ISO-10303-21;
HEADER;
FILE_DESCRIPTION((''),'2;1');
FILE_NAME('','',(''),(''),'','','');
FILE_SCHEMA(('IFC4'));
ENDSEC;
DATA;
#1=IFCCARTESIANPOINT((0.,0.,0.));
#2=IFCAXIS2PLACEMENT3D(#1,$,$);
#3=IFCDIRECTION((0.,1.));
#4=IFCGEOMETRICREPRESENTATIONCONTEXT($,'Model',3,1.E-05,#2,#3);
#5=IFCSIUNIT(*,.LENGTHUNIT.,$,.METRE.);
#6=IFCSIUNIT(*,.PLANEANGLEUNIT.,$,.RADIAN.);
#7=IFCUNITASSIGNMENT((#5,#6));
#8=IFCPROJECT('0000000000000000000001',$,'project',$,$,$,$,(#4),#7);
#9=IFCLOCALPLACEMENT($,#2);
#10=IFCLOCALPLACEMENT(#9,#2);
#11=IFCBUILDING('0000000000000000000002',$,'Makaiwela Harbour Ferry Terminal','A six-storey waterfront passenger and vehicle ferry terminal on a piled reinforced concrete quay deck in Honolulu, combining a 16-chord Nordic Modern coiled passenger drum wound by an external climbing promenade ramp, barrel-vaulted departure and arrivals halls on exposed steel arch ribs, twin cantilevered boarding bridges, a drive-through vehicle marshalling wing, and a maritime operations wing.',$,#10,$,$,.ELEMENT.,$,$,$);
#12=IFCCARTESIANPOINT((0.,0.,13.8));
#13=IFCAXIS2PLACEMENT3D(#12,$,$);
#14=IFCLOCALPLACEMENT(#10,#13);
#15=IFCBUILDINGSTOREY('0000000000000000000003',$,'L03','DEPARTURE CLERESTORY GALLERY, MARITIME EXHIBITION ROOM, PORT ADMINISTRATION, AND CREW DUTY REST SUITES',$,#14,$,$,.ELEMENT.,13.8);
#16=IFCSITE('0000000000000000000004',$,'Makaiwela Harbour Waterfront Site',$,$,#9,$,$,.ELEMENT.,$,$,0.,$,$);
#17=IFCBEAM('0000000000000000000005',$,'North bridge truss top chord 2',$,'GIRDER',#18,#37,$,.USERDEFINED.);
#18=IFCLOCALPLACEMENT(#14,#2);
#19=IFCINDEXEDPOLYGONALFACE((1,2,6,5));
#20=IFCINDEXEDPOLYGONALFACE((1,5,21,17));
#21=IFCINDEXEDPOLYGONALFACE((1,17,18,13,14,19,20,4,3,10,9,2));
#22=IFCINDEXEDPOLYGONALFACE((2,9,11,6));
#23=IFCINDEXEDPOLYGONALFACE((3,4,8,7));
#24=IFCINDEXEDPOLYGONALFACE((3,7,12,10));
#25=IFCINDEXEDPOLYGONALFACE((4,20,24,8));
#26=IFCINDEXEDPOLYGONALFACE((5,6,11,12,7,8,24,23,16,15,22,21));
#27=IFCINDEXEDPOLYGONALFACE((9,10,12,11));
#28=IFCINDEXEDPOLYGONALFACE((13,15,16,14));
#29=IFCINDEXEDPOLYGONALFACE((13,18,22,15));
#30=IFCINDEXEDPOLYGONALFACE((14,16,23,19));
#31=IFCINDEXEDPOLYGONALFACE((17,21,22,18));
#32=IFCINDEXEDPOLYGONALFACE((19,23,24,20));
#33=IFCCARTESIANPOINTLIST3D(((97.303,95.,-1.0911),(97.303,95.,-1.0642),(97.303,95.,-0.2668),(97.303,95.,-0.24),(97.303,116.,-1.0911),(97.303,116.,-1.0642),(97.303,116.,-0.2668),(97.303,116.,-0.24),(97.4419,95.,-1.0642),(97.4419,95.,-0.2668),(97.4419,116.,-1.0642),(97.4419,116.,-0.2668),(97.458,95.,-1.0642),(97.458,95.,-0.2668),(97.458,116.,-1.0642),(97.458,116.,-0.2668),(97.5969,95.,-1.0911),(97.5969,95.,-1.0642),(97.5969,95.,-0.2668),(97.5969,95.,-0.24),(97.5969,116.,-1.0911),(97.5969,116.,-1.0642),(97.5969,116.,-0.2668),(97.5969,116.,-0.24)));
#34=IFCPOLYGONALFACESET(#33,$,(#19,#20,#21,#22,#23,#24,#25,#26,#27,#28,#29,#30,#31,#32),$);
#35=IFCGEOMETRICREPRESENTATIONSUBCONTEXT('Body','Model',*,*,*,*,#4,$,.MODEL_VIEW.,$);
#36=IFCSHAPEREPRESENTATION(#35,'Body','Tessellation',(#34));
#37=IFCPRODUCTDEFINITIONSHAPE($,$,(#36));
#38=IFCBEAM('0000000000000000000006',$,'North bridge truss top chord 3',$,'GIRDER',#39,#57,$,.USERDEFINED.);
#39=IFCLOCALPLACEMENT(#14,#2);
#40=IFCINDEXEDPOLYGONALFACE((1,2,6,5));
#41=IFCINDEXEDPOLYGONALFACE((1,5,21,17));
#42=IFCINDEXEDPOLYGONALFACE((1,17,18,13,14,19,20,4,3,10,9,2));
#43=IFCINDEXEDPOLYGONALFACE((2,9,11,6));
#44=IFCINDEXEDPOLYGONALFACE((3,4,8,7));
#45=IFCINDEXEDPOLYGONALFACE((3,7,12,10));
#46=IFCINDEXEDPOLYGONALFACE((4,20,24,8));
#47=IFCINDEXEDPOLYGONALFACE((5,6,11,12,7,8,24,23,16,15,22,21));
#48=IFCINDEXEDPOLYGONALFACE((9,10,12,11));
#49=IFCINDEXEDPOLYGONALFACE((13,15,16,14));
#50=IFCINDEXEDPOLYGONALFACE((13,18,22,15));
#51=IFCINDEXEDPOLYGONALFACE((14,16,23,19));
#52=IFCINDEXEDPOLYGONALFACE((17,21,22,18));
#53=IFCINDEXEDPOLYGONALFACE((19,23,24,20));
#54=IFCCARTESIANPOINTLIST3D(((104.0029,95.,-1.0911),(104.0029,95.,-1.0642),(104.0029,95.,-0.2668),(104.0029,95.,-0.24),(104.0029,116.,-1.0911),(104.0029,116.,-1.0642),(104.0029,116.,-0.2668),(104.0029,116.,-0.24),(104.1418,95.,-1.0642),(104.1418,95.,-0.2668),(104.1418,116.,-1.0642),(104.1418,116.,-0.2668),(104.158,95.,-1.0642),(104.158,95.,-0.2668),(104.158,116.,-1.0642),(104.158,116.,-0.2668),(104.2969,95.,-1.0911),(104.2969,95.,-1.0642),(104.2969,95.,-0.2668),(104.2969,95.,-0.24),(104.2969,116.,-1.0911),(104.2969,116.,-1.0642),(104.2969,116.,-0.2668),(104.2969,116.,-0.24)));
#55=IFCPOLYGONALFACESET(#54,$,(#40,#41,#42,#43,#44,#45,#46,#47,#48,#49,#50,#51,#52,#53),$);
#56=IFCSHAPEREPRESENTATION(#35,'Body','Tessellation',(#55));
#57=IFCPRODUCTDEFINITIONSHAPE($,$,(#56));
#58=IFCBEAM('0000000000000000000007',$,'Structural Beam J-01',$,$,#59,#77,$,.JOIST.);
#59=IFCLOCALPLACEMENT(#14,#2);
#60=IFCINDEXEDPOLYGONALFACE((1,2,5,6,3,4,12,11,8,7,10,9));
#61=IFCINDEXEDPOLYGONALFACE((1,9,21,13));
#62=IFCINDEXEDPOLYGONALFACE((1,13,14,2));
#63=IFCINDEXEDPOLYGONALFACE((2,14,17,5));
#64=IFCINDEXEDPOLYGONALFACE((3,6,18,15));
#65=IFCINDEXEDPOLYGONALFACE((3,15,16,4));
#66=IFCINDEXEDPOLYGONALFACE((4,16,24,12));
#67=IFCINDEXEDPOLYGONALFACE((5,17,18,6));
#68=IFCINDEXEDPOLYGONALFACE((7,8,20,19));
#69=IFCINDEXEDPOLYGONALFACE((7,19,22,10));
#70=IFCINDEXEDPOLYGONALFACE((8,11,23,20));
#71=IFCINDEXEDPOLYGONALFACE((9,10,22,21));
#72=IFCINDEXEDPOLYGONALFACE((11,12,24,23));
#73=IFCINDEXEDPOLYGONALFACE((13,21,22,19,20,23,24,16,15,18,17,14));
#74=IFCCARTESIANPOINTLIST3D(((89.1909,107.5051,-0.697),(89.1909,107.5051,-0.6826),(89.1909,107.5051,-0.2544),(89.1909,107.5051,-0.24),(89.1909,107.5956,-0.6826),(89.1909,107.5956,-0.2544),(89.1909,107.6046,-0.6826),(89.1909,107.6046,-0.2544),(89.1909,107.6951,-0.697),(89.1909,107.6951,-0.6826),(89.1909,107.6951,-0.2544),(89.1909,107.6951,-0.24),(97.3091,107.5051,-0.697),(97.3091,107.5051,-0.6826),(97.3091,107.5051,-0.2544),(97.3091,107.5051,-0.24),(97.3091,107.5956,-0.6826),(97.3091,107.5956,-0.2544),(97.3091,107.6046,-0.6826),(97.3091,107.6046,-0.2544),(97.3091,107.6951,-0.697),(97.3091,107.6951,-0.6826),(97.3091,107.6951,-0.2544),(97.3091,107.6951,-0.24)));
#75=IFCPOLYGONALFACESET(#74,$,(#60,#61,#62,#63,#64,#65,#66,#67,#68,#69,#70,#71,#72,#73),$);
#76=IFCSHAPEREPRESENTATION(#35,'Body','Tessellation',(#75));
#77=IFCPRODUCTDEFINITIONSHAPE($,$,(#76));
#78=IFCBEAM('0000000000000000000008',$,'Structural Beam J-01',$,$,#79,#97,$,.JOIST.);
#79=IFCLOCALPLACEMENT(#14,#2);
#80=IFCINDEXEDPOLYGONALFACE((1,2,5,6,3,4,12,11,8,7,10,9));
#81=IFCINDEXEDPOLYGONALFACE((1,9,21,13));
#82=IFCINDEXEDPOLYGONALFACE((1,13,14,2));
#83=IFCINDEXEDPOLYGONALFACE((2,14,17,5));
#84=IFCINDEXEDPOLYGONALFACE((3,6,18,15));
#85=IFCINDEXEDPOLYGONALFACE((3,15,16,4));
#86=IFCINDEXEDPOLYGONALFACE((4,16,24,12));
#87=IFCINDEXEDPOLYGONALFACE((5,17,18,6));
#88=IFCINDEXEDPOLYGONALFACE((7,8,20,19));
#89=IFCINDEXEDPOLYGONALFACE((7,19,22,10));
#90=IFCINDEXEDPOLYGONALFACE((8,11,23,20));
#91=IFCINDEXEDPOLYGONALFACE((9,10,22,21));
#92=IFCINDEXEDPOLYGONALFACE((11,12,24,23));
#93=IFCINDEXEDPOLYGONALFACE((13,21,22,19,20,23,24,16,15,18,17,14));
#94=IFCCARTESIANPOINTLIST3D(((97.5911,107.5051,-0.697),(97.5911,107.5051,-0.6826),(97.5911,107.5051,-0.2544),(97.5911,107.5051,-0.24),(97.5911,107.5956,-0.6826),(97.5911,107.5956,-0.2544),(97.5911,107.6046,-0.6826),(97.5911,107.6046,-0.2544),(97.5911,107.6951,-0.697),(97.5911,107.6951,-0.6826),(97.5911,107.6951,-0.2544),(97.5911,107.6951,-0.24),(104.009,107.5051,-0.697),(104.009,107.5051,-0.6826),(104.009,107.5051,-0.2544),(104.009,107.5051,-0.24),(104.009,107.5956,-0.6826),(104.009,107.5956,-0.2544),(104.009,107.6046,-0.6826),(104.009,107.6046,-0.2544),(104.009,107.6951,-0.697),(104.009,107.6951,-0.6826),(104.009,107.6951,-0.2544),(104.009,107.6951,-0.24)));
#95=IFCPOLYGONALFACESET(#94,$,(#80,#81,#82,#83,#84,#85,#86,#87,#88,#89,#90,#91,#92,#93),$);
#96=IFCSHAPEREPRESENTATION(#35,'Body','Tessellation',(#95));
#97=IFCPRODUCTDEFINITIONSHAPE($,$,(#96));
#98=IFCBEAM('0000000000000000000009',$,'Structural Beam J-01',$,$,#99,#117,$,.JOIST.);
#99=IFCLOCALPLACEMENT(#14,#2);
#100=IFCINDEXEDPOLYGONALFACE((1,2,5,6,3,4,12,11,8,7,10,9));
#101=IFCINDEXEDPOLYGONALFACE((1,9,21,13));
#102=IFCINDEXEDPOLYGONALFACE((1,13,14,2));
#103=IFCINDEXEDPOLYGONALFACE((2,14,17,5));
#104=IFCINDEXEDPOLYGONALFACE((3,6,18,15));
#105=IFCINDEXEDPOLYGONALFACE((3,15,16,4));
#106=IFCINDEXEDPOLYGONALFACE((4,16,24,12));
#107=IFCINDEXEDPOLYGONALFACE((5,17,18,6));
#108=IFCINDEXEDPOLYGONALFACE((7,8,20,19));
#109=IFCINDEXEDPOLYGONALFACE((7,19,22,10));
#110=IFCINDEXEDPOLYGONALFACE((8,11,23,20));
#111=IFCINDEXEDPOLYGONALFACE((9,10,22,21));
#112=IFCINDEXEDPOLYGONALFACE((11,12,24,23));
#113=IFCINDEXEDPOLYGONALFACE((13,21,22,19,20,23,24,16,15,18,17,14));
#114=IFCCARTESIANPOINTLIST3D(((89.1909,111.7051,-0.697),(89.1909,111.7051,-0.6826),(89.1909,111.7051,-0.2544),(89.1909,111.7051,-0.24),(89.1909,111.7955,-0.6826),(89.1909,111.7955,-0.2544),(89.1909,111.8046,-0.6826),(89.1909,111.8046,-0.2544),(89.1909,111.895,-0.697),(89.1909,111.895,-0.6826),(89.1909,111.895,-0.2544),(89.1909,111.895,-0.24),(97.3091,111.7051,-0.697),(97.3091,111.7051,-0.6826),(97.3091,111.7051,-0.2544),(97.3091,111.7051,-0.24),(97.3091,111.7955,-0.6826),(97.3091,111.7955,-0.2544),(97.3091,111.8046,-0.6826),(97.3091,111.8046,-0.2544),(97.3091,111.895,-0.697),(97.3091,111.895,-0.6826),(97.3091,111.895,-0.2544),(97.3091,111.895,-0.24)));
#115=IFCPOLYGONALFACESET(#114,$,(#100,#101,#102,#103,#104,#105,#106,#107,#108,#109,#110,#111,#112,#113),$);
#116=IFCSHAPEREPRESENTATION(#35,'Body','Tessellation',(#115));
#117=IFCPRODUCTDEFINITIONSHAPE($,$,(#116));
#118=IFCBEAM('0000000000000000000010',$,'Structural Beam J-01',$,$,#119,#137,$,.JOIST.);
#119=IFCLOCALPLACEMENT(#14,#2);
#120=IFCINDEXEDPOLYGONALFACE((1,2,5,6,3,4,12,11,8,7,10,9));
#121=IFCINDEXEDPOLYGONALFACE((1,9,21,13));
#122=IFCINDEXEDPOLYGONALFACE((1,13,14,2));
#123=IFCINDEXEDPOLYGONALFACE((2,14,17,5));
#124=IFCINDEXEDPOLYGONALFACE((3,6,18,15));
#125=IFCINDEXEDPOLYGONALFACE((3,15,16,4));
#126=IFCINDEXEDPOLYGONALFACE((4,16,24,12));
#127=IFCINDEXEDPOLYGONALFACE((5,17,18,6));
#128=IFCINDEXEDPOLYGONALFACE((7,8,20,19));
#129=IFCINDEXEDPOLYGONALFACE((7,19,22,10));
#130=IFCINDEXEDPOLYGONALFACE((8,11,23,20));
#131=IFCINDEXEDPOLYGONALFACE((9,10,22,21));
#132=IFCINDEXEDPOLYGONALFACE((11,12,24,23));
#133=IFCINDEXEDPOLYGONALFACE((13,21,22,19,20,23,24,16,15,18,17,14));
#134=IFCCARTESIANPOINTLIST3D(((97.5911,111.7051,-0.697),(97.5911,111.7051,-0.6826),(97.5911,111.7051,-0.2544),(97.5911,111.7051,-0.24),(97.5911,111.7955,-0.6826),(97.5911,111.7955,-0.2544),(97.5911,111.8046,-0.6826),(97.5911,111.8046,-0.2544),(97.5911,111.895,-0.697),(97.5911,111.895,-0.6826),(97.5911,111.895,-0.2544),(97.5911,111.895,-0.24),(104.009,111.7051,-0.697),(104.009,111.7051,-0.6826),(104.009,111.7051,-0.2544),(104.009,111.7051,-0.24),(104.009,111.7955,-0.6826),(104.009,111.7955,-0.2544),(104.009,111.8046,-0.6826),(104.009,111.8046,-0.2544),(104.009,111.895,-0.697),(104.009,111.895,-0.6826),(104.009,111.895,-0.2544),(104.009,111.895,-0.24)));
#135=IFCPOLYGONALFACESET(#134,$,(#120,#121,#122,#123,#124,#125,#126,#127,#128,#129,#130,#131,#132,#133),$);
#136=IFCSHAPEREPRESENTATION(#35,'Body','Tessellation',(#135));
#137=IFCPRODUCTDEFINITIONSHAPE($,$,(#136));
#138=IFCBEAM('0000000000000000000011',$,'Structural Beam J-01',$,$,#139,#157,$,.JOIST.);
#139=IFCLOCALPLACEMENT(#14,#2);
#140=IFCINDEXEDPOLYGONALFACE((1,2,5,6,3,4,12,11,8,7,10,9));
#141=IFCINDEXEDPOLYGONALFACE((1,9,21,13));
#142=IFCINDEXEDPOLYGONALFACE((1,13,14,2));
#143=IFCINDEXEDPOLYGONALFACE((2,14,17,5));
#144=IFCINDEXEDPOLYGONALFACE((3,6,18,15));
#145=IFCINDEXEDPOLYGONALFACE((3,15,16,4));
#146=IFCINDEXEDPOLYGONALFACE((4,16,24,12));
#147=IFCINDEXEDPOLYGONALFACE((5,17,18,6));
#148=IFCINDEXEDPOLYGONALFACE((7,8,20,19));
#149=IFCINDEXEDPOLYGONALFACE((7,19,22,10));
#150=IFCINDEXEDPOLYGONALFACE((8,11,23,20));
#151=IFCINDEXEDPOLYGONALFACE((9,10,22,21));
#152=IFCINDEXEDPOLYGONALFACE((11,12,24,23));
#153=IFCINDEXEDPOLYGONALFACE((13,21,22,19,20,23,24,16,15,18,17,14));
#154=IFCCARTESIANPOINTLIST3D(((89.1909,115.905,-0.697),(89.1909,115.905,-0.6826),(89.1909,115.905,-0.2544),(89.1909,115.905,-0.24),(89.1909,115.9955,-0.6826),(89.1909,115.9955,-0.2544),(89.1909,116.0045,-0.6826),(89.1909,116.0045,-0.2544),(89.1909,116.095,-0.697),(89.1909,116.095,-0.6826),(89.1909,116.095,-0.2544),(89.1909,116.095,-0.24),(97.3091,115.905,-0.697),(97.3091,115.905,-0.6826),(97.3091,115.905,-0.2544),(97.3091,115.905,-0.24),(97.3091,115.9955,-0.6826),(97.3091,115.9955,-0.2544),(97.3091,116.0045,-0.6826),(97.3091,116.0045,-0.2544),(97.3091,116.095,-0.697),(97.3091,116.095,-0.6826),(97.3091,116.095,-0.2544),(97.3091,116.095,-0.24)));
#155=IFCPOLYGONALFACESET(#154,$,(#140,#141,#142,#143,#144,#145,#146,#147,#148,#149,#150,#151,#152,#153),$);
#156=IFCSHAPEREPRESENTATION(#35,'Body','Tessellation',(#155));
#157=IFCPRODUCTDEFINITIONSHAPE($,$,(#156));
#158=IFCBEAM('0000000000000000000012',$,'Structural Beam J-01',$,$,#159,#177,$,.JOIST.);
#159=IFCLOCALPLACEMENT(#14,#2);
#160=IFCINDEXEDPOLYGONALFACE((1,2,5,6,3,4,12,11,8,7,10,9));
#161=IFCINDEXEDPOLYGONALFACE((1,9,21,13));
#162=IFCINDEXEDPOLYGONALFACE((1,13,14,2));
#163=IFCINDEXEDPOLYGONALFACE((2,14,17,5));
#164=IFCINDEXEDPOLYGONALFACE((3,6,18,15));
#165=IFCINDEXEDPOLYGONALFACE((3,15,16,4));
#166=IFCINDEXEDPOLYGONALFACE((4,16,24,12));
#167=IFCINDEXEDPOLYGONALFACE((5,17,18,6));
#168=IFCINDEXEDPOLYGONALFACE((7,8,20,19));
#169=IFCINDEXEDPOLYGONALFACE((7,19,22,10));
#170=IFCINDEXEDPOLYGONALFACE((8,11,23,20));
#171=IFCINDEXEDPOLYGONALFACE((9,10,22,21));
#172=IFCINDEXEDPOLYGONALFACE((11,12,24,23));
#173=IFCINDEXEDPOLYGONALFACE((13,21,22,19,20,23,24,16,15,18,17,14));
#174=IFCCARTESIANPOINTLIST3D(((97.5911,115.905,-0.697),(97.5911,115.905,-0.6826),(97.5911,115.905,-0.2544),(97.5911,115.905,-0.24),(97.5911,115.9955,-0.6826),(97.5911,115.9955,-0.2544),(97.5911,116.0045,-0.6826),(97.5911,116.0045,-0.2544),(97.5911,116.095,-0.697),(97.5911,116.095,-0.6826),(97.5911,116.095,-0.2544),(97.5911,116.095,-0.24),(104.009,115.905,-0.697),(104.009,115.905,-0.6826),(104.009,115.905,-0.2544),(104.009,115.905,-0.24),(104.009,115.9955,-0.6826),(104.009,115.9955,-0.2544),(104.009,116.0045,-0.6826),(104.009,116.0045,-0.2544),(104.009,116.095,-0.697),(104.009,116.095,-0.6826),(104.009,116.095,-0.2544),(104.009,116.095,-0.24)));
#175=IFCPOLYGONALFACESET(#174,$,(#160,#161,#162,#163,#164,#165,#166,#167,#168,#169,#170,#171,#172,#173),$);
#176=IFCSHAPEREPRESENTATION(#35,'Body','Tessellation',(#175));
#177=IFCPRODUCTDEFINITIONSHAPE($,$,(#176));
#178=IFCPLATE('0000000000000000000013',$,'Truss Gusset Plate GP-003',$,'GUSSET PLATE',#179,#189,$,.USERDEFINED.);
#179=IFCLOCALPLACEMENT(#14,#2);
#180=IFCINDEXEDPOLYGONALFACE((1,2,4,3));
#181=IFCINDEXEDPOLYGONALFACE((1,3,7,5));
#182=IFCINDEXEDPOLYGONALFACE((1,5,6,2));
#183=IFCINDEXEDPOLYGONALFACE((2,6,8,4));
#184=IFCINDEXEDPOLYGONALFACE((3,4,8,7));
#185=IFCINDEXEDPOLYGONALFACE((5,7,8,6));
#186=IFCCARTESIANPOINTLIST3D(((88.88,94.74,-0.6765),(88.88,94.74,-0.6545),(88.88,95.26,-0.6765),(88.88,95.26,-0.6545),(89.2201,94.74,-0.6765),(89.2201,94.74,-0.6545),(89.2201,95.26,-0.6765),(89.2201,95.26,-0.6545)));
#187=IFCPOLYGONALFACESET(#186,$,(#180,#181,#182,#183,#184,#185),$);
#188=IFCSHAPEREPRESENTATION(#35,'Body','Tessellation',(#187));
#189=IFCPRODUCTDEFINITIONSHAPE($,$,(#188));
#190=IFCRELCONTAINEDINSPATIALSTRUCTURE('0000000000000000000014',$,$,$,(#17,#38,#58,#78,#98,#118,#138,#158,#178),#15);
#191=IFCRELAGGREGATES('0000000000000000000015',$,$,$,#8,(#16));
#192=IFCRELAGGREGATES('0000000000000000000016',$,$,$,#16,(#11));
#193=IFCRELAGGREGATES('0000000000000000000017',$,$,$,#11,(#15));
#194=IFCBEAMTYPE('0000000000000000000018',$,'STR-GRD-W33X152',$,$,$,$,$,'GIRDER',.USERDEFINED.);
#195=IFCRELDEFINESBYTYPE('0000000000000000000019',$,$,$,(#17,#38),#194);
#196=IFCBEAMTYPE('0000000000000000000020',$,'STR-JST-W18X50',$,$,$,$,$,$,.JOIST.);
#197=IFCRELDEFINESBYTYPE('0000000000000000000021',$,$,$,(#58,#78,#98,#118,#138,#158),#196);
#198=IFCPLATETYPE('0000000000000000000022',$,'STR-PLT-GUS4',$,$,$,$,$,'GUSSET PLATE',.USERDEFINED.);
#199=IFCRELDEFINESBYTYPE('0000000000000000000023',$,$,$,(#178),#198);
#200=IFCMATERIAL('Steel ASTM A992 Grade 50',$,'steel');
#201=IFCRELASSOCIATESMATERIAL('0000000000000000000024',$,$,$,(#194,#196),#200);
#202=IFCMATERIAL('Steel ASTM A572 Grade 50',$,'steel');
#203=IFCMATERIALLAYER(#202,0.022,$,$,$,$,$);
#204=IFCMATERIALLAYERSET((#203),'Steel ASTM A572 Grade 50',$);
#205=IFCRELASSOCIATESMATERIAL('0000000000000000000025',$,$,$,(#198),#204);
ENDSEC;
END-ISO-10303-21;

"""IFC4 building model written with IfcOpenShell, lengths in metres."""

from ifc_helpers import new_model, si_unit, direction, frame, origin, origin_2d, place, context, subcontext, project, spatial, rectangle, i_section, extrude, material, layer, layer_set, material_profile, profile_set, type_object, element, save


model = new_model("IFC4")

# Units and contexts
model_context = context("Model", 3, precision=1e-05, world=origin(), true_north=direction((0.0, 1.0)))
body_context = subcontext(model_context, "Body", "Model", "MODEL_VIEW")
ifc_project = project(units=[si_unit("LENGTHUNIT", "METRE"), si_unit("PLANEANGLEUNIT", "RADIAN")], contexts=[model_context])

# Site, building, storey
site_placement = place(None, origin())
site = spatial("IfcSite", under=ifc_project, at=site_placement, Name="Makaiwela Harbour Waterfront Site", CompositionType="ELEMENT", RefElevation=0.0)
building_placement = place(site_placement, origin())
building = spatial("IfcBuilding", under=site, at=building_placement, Name="Makaiwela Harbour Ferry Terminal", Description="A six-storey waterfront passenger and vehicle ferry terminal on a piled reinforced concrete quay deck in Honolulu, combining a 16-chord Nordic Modern coiled passenger drum wound by an external climbing promenade ramp, barrel-vaulted departure and arrivals halls on exposed steel arch ribs, twin cantilevered boarding bridges, a drive-through vehicle marshalling wing, and a maritime operations wing.", CompositionType="ELEMENT")
storey_placement = place(building_placement, frame((0.0, 0.0, 13.8)))
storey = spatial("IfcBuildingStorey", under=building, at=storey_placement, Name="L03", Description="DEPARTURE CLERESTORY GALLERY, MARITIME EXHIBITION ROOM, PORT ADMINISTRATION, AND CREW DUTY REST SUITES", CompositionType="ELEMENT", Elevation=13.8)

# Beams
ifc_material_1 = material(Name="Steel ASTM A992 Grade 50", Category="steel")
ifc_material_profile_1 = material_profile(ifc_material_1, i_section(OverallWidth=0.2939, OverallDepth=0.8511, WebThickness=0.0161, FlangeThickness=0.0269, at=origin_2d()), Name="W33X152")
ifc_profile_set_1 = profile_set([ifc_material_profile_1], Name="Steel ASTM A992 Grade 50")
beam_type_1 = type_object("IfcBeamType", Name="STR-GRD-W33X152", ElementType="GIRDER", PredefinedType="USERDEFINED", material=ifc_profile_set_1)
for number, where, z_axis, x_axis, name in (
    (1, (97.45, 95.0, -0.6655), (0.0, 1.0, 0.0), (-1.0, 0.0, 0.0), "North bridge truss top chord 2"),
    (2, (104.1499, 95.0, -0.6655), (0.0, 1.0, 0.0), (-1.0, 0.0, 0.0), "North bridge truss top chord 3"),
):
    element("IfcBeam", number, at=place(storey_placement, frame(where, z_axis=z_axis, x_axis=x_axis)), inside=storey, type_object=beam_type_1, Name=name, ObjectType="GIRDER", PredefinedType="USERDEFINED", context=body_context, shape_type="SweptSolid", body=[
        extrude(i_section(OverallWidth=0.2939, OverallDepth=0.8511, WebThickness=0.0161, FlangeThickness=0.0269, at=origin_2d()), origin(), (0.0, 0.0, 1.0), 21.0),
    ])
ifc_material_profile_2 = material_profile(ifc_material_1, i_section(OverallWidth=0.1899, OverallDepth=0.457, WebThickness=0.009, FlangeThickness=0.0144, at=origin_2d()), Name="W18X50")
ifc_profile_set_2 = profile_set([ifc_material_profile_2], Name="Steel ASTM A992 Grade 50")
beam_type_2 = type_object("IfcBeamType", Name="STR-JST-W18X50", PredefinedType="JOIST", material=ifc_profile_set_2)
beam_1_placement = place(storey_placement, frame((89.1909, 107.6001, -0.4685), z_axis=(1.0, 0.0, 0.0), x_axis=(0.0, 1.0, 0.0)))
element("IfcBeam", 3, at=beam_1_placement, inside=storey, type_object=beam_type_2, Name="Structural Beam J-01", PredefinedType="JOIST", context=body_context, shape_type="SweptSolid", body=[
    extrude(i_section(OverallWidth=0.1899, OverallDepth=0.457, WebThickness=0.009, FlangeThickness=0.0144, at=origin_2d()), origin(), (0.0, 0.0, 1.0), 8.1182),
])
beam_2_placement = place(storey_placement, frame((97.5911, 107.6001, -0.4685), z_axis=(1.0, 0.0, 0.0), x_axis=(0.0, 1.0, 0.0)))
element("IfcBeam", 4, at=beam_2_placement, inside=storey, type_object=beam_type_2, Name="Structural Beam J-01", PredefinedType="JOIST", context=body_context, shape_type="SweptSolid", body=[
    extrude(i_section(OverallWidth=0.1899, OverallDepth=0.457, WebThickness=0.009, FlangeThickness=0.0144, at=origin_2d()), origin(), (0.0, 0.0, 1.0), 6.418),
])
beam_3_placement = place(storey_placement, frame((89.1909, 111.8, -0.4685), z_axis=(1.0, 0.0, 0.0), x_axis=(0.0, 1.0, 0.0)))
element("IfcBeam", 5, at=beam_3_placement, inside=storey, type_object=beam_type_2, Name="Structural Beam J-01", PredefinedType="JOIST", context=body_context, shape_type="SweptSolid", body=[
    extrude(i_section(OverallWidth=0.1899, OverallDepth=0.457, WebThickness=0.009, FlangeThickness=0.0144, at=origin_2d()), origin(), (0.0, 0.0, 1.0), 8.1182),
])
beam_4_placement = place(storey_placement, frame((97.5911, 111.8, -0.4685), z_axis=(1.0, 0.0, 0.0), x_axis=(0.0, 1.0, 0.0)))
element("IfcBeam", 6, at=beam_4_placement, inside=storey, type_object=beam_type_2, Name="Structural Beam J-01", PredefinedType="JOIST", context=body_context, shape_type="SweptSolid", body=[
    extrude(i_section(OverallWidth=0.1899, OverallDepth=0.457, WebThickness=0.009, FlangeThickness=0.0144, at=origin_2d()), origin(), (0.0, 0.0, 1.0), 6.418),
])
beam_5_placement = place(storey_placement, frame((89.1909, 116.0, -0.4685), z_axis=(1.0, 0.0, 0.0), x_axis=(0.0, 1.0, 0.0)))
element("IfcBeam", 7, at=beam_5_placement, inside=storey, type_object=beam_type_2, Name="Structural Beam J-01", PredefinedType="JOIST", context=body_context, shape_type="SweptSolid", body=[
    extrude(i_section(OverallWidth=0.1899, OverallDepth=0.457, WebThickness=0.009, FlangeThickness=0.0144, at=origin_2d()), origin(), (0.0, 0.0, 1.0), 8.1182),
])
beam_6_placement = place(storey_placement, frame((97.5911, 116.0, -0.4685), z_axis=(1.0, 0.0, 0.0), x_axis=(0.0, 1.0, 0.0)))
element("IfcBeam", 8, at=beam_6_placement, inside=storey, type_object=beam_type_2, Name="Structural Beam J-01", PredefinedType="JOIST", context=body_context, shape_type="SweptSolid", body=[
    extrude(i_section(OverallWidth=0.1899, OverallDepth=0.457, WebThickness=0.009, FlangeThickness=0.0144, at=origin_2d()), origin(), (0.0, 0.0, 1.0), 6.418),
])

# Plate
ifc_material_2 = material(Name="Steel ASTM A572 Grade 50", Category="steel")
ifc_layer_1 = layer(ifc_material_2, 0.022)
ifc_layer_set_1 = layer_set([ifc_layer_1], Name="Steel ASTM A572 Grade 50")
plate_type = type_object("IfcPlateType", Name="STR-PLT-GUS4", ElementType="GUSSET PLATE", PredefinedType="USERDEFINED", material=ifc_layer_set_1)
for number, where, z_axis, x_axis, name in (
    (9, (89.05, 95.0, -0.6765), (0.0, 0.0, 1.0), (0.0, 1.0, 0.0), "Truss Gusset Plate GP-003"),
):
    element("IfcPlate", number, at=place(storey_placement, frame(where, z_axis=z_axis, x_axis=x_axis)), inside=storey, type_object=plate_type, Name=name, ObjectType="GUSSET PLATE", PredefinedType="USERDEFINED", context=body_context, shape_type="SweptSolid", body=[
        extrude(rectangle(XDim=0.52, YDim=0.3401, at=origin_2d()), origin(), (0.0, 0.0, 1.0), 0.022),
    ])

save(model, "model.ifc")
